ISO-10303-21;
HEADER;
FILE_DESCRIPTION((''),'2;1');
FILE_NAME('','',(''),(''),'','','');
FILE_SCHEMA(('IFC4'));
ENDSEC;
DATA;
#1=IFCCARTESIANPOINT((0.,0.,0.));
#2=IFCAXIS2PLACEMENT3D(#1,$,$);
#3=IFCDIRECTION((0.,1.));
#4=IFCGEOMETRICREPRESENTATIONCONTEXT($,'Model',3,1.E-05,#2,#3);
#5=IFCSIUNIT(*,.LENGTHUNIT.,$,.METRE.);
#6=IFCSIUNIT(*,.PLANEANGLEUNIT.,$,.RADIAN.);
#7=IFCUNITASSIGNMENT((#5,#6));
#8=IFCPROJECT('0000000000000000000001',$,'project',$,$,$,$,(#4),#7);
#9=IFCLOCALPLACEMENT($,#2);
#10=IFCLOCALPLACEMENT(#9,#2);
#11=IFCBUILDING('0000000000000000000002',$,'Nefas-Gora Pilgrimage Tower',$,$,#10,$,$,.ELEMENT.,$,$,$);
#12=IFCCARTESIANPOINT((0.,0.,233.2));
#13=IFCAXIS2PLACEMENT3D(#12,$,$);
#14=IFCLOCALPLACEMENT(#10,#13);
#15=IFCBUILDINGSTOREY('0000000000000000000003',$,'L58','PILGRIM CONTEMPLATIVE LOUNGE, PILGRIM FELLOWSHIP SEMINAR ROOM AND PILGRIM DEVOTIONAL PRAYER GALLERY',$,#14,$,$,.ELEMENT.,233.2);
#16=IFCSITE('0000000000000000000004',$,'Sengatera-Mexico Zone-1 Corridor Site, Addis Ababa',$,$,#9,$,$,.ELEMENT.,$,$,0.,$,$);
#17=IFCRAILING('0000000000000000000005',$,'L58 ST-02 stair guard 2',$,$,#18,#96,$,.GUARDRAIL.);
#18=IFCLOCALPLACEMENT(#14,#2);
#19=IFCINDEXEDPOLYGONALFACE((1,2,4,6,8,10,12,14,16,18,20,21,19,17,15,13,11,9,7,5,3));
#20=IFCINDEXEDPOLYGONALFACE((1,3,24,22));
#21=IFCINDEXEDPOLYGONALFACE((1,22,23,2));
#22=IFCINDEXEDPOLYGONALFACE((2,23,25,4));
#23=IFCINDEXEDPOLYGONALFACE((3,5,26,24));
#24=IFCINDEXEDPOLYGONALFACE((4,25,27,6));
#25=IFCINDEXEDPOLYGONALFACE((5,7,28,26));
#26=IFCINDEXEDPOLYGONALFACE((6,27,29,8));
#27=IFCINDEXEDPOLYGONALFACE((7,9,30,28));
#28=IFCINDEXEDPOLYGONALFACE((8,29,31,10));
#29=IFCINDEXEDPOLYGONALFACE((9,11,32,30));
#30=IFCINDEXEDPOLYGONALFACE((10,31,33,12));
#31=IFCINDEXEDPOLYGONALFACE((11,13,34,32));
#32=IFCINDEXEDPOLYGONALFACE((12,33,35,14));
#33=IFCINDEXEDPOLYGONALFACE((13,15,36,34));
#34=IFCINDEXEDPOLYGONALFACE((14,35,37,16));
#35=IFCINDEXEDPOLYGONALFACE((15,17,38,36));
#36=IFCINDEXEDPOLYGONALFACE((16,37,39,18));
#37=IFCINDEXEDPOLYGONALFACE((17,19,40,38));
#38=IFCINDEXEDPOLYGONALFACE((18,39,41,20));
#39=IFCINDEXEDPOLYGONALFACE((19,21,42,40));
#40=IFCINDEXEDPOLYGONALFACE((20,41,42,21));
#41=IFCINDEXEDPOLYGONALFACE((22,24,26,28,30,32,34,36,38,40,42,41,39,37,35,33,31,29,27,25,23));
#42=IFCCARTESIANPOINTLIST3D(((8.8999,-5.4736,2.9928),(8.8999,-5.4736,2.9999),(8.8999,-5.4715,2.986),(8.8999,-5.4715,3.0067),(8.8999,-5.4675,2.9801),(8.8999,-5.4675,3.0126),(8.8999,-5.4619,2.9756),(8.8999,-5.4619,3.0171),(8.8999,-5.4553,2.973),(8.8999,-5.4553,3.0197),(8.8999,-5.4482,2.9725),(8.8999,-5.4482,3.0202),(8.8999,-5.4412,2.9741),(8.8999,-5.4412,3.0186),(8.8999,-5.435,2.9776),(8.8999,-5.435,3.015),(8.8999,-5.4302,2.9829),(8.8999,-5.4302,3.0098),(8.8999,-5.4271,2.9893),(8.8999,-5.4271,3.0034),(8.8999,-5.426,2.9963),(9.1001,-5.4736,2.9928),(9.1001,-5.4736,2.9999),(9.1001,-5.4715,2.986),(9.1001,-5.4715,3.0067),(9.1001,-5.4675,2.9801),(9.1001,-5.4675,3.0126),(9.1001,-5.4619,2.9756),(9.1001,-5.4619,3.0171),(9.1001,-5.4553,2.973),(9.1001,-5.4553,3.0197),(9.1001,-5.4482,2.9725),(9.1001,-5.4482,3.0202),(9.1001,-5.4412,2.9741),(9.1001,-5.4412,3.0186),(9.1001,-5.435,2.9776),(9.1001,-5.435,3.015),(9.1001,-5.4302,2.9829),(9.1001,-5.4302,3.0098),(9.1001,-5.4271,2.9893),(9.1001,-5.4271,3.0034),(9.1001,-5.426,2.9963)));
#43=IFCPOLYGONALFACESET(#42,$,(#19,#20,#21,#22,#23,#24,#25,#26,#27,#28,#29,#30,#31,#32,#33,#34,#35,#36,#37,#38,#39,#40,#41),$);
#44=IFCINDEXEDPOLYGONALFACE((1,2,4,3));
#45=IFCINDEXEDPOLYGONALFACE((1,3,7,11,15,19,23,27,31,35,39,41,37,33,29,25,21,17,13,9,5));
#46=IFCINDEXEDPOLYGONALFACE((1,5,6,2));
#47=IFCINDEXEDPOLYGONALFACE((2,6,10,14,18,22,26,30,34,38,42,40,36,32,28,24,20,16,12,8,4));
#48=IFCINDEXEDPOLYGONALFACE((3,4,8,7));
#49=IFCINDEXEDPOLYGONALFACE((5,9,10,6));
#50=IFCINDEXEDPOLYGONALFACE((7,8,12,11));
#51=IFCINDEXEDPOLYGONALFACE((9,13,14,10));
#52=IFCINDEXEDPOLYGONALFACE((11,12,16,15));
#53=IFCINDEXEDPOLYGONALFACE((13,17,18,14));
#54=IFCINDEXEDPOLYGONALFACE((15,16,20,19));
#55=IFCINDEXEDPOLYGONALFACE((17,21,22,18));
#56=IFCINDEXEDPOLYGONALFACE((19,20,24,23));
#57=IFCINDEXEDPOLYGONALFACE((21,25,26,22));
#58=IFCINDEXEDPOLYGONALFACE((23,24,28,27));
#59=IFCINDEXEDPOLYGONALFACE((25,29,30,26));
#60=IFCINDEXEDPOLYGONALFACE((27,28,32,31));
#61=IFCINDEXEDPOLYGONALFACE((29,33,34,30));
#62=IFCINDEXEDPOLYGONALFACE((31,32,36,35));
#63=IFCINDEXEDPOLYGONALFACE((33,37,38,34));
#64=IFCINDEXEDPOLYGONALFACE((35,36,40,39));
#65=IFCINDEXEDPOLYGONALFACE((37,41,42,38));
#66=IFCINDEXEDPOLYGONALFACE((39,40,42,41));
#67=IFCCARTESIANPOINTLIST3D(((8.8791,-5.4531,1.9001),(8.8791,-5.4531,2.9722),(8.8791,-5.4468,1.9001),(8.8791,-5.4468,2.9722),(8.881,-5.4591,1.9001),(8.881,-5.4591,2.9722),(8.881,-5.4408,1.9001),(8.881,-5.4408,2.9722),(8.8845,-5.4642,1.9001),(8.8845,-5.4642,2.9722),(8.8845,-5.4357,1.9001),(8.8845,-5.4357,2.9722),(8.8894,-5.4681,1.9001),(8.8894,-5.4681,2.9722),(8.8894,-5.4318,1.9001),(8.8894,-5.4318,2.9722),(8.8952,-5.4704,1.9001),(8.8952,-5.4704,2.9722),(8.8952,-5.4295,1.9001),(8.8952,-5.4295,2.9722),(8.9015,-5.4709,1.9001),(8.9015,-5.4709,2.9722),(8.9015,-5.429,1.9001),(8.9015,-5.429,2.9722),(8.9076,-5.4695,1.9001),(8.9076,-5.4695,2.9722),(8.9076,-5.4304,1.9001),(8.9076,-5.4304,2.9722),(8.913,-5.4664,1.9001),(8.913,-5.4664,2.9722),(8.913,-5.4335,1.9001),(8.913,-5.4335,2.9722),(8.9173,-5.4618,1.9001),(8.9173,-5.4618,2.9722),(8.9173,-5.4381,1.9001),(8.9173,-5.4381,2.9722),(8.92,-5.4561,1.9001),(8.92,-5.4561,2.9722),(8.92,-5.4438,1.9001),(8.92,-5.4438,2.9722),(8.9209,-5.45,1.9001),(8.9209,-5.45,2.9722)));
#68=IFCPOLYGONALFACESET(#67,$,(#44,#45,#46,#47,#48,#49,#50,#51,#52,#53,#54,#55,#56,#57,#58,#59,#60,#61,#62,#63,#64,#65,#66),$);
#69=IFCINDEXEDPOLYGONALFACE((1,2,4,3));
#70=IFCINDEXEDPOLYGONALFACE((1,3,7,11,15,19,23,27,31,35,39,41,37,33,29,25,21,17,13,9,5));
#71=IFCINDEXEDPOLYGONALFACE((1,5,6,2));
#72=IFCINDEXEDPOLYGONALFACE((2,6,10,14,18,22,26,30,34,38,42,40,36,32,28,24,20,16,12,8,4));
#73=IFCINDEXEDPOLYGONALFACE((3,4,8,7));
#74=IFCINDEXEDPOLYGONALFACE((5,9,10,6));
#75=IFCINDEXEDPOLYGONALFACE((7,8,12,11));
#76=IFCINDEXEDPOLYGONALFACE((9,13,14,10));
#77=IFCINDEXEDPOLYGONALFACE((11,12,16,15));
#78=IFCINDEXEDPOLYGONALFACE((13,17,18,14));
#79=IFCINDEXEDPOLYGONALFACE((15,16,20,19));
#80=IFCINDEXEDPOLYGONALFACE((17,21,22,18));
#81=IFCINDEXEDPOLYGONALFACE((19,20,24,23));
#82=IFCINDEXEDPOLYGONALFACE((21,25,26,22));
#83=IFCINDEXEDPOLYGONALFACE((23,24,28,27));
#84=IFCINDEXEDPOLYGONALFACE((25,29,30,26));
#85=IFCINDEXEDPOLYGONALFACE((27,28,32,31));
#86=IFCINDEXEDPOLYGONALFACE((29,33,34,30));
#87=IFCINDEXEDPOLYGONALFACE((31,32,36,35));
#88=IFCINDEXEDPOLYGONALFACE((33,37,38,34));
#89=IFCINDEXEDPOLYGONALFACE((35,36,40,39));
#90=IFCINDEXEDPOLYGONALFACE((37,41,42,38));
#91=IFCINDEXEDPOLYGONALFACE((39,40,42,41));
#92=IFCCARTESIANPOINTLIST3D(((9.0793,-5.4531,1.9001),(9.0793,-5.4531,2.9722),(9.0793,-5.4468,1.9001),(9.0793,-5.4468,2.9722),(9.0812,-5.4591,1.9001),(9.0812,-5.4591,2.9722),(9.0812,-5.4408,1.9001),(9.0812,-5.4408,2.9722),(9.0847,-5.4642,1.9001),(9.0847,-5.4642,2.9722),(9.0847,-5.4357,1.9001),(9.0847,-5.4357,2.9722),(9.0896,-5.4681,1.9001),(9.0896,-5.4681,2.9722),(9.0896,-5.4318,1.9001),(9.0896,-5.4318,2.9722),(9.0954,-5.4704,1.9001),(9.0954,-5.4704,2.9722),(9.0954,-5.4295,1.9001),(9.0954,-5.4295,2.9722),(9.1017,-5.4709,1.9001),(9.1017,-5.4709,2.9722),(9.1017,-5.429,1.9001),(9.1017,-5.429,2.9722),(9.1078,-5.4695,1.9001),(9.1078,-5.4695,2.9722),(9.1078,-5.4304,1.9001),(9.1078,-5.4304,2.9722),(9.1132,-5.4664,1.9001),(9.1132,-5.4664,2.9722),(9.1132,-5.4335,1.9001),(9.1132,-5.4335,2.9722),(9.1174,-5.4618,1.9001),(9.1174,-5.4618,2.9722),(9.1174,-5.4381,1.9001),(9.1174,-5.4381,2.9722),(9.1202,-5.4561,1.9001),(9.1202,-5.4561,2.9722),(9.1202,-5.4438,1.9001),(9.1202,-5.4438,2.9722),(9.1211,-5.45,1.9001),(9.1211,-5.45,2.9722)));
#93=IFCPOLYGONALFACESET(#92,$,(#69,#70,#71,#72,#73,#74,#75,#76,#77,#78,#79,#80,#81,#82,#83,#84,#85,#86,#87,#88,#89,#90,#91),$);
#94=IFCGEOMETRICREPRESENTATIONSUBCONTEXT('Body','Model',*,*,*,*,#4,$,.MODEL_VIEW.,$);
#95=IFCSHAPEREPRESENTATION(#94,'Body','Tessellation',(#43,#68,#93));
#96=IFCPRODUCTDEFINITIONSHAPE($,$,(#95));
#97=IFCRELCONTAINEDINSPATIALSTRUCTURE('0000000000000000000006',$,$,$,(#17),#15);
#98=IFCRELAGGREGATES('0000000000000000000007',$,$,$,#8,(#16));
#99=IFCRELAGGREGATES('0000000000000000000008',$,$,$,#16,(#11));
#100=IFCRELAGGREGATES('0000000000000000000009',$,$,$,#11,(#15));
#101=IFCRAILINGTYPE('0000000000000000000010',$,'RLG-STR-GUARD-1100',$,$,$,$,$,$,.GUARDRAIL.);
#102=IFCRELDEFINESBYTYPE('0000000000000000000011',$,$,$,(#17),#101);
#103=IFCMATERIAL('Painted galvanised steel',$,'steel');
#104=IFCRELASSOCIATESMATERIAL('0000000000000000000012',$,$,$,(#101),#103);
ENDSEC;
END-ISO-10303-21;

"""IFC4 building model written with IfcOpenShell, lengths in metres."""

from ifc_helpers import new_model, si_unit, direction, frame, origin, origin_2d, place, context, subcontext, project, spatial, circle, extrude, material, type_object, element, save


model = new_model("IFC4")

# Units and contexts
model_context = context("Model", 3, precision=1e-05, world=origin(), true_north=direction((0.0, 1.0)))
body_context = subcontext(model_context, "Body", "Model", "MODEL_VIEW")
ifc_project = project(units=[si_unit("LENGTHUNIT", "METRE"), si_unit("PLANEANGLEUNIT", "RADIAN")], contexts=[model_context])

# Site, building, storey
site_placement = place(None, origin())
site = spatial("IfcSite", under=ifc_project, at=site_placement, Name="Sengatera-Mexico Zone-1 Corridor Site, Addis Ababa", CompositionType="ELEMENT", RefElevation=0.0)
building_placement = place(site_placement, origin())
building = spatial("IfcBuilding", under=site, at=building_placement, Name="Nefas-Gora Pilgrimage Tower", CompositionType="ELEMENT")
storey_placement = place(building_placement, frame((0.0, 0.0, 233.2)))
storey = spatial("IfcBuildingStorey", under=building, at=storey_placement, Name="L58", Description="PILGRIM CONTEMPLATIVE LOUNGE, PILGRIM FELLOWSHIP SEMINAR ROOM AND PILGRIM DEVOTIONAL PRAYER GALLERY", CompositionType="ELEMENT", Elevation=233.2)

# Railing
ifc_material_1 = material(Name="Painted galvanised steel", Category="steel")
railing_type_1 = type_object("IfcRailingType", Name="RLG-STR-GUARD-1100", PredefinedType="GUARDRAIL", material=ifc_material_1)
railing_1_placement = place(storey_placement, frame((8.8999, -5.45, 1.9001)))
element("IfcRailing", 1, at=railing_1_placement, inside=storey, type_object=railing_type_1, Name="L58 ST-02 stair guard 2", PredefinedType="GUARDRAIL", context=body_context, shape_type="SweptSolid", body=[
    extrude(circle(Radius=0.0239, at=origin_2d()), frame((0.0, 0.0, 1.0962), z_axis=(1.0, 0.0, 0.0), x_axis=(0.0, 1.0, 0.0)), (0.0, 0.0, 1.0), 0.2002),
    extrude(circle(Radius=0.021, at=origin_2d()), origin(), (0.0, 0.0, 1.0), 1.072),
    extrude(circle(Radius=0.021, at=origin_2d()), frame((0.2002, 0.0, 0.0)), (0.0, 0.0, 1.0), 1.072),
])

save(model, "model.ifc")
